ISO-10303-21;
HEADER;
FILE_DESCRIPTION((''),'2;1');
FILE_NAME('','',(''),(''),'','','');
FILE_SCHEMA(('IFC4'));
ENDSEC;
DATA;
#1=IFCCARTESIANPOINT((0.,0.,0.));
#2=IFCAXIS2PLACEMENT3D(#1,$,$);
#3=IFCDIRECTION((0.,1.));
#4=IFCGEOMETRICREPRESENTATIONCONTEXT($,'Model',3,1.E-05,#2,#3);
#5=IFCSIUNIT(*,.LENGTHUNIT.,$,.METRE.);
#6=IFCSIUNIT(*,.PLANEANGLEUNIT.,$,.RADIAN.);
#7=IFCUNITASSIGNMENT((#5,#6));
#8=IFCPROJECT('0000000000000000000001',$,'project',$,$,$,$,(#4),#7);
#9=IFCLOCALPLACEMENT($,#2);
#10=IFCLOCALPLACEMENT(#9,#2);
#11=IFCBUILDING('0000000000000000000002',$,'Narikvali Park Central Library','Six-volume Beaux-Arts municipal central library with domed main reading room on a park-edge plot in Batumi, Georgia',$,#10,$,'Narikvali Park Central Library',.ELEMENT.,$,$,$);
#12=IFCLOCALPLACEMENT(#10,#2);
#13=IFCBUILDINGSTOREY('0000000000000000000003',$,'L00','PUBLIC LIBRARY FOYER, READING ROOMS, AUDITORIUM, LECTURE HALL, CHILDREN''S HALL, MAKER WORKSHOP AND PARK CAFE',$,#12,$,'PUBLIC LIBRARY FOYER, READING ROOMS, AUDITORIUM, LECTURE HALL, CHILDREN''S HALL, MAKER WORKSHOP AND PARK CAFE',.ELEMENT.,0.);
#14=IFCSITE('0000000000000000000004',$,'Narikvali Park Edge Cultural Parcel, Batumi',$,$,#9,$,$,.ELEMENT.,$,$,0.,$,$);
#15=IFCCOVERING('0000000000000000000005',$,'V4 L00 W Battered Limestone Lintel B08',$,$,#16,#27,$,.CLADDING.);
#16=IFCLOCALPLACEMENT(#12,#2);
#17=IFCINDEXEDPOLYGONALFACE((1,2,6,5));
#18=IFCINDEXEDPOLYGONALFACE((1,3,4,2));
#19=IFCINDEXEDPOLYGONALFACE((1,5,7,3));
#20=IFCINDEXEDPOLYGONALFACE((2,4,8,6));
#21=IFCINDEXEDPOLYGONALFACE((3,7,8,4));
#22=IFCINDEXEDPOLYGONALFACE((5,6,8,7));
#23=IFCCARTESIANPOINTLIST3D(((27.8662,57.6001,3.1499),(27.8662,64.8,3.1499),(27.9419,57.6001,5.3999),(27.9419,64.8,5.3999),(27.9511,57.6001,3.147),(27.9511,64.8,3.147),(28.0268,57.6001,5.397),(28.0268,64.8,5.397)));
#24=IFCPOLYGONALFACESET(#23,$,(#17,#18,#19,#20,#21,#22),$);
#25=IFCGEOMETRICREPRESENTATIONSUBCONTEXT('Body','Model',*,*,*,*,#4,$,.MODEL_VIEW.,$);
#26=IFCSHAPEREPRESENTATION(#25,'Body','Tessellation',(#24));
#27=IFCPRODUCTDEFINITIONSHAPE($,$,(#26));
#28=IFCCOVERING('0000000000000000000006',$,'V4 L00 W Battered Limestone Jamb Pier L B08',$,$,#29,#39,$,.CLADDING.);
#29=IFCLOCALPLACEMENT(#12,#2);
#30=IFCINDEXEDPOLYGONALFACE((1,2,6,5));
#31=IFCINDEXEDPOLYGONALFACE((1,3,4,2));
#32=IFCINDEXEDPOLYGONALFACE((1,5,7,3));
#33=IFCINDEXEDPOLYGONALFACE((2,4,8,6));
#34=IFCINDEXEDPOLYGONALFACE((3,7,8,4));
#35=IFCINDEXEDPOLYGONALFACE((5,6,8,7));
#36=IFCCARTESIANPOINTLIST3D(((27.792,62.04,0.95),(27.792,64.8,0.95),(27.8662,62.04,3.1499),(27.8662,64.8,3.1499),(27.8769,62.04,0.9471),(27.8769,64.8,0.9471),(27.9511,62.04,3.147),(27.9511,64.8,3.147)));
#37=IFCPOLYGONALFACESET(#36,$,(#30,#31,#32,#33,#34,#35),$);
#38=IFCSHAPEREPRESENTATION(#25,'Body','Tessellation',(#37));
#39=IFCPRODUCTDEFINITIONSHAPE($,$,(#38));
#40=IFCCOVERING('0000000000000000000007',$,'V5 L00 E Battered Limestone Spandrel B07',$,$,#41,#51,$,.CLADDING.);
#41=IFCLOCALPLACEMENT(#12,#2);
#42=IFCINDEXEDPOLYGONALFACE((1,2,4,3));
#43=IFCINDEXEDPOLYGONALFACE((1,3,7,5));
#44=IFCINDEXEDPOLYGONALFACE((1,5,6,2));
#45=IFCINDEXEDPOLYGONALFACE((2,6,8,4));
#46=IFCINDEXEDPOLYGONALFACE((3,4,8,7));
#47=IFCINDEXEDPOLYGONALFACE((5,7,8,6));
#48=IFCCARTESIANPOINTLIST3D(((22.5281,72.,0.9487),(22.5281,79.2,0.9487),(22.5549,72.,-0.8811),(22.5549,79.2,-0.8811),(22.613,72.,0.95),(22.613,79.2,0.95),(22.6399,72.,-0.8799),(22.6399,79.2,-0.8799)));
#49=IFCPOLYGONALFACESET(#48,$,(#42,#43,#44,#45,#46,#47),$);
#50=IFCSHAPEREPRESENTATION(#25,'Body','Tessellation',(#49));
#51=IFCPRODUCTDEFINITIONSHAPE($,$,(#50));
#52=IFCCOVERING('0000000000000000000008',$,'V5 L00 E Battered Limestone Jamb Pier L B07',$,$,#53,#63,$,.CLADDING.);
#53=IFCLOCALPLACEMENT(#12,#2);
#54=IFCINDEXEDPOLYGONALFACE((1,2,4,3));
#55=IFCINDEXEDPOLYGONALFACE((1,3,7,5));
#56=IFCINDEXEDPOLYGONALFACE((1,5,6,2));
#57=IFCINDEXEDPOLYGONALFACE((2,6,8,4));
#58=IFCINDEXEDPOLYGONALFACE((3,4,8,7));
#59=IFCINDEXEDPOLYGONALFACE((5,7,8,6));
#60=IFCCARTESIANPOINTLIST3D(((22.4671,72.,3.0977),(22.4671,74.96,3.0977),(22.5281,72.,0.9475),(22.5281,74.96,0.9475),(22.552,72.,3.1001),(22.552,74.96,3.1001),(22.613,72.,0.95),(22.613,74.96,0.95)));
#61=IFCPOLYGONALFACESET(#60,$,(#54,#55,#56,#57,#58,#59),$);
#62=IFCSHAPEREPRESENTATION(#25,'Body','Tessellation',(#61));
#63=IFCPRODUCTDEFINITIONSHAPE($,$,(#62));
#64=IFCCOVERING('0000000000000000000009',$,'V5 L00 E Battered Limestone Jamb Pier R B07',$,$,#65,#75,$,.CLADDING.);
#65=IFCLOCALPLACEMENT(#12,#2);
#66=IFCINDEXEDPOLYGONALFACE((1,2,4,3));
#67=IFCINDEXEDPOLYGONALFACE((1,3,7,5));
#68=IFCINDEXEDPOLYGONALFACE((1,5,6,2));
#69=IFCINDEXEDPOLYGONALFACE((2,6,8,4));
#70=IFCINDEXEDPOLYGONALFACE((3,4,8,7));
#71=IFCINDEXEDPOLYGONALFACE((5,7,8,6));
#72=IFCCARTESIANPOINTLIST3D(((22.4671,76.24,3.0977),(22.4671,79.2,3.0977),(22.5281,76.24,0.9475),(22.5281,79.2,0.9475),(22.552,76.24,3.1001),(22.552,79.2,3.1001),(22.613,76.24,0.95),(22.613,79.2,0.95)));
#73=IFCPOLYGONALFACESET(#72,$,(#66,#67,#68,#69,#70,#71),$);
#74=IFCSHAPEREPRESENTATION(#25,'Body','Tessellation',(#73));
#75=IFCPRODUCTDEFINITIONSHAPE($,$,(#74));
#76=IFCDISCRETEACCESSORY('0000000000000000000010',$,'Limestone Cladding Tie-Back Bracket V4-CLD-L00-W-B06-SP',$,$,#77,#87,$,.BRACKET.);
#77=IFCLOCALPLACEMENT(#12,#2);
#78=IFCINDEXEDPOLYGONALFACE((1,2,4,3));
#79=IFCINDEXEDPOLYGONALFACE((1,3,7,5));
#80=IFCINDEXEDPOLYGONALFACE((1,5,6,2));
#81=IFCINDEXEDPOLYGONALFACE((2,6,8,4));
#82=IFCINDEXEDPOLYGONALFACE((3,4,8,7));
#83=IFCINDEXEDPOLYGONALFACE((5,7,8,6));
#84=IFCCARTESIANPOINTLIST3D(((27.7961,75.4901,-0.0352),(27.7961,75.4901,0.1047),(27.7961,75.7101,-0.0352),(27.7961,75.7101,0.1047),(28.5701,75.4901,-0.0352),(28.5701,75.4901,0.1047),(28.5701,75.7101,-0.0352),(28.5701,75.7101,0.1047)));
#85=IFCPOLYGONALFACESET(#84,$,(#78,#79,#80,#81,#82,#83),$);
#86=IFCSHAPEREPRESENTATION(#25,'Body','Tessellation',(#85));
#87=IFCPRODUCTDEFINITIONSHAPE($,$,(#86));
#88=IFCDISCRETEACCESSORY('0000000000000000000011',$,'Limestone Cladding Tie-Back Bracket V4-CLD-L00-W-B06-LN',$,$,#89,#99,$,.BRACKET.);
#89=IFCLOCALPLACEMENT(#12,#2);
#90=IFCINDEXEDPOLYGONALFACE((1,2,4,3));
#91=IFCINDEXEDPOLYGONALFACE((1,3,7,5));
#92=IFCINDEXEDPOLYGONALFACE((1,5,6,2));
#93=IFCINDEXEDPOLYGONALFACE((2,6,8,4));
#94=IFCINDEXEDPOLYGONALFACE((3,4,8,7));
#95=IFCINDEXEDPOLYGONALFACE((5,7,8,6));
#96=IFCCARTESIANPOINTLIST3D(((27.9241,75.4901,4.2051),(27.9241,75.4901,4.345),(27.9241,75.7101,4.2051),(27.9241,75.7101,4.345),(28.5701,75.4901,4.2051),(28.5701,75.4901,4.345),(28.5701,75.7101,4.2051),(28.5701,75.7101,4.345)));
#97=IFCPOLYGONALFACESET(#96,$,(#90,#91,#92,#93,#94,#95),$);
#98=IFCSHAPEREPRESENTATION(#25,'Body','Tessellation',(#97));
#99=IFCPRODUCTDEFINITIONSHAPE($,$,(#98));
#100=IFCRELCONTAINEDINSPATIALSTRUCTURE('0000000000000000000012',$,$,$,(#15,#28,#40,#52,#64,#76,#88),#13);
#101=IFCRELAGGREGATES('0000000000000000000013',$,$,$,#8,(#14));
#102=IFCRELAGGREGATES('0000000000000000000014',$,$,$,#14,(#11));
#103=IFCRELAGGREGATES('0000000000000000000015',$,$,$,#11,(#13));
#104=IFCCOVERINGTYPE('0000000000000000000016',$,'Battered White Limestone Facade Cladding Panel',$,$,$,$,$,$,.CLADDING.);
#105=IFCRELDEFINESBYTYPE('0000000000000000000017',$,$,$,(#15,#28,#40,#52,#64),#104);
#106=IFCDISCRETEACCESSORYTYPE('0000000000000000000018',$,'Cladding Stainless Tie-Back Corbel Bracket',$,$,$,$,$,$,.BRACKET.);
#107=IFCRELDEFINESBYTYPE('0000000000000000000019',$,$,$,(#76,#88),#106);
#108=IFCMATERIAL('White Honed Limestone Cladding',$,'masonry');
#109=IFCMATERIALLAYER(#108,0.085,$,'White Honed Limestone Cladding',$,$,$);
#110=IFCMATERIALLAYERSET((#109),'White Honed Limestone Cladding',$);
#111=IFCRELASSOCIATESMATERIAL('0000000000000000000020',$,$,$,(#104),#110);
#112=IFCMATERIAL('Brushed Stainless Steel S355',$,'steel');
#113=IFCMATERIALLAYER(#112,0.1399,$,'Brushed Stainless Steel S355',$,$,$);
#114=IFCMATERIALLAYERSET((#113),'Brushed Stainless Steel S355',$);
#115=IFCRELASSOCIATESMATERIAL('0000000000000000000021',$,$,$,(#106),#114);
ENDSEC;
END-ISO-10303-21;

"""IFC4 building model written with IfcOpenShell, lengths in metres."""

from ifc_helpers import new_model, si_unit, direction, frame, origin, origin_2d, place, context, subcontext, project, spatial, polyline, rectangle, outline, extrude, material, layer, layer_set, type_object, element, save


model = new_model("IFC4")

# Units and contexts
model_context = context("Model", 3, precision=1e-05, world=origin(), true_north=direction((0.0, 1.0)))
body_context = subcontext(model_context, "Body", "Model", "MODEL_VIEW")
ifc_project = project(units=[si_unit("LENGTHUNIT", "METRE"), si_unit("PLANEANGLEUNIT", "RADIAN")], contexts=[model_context])

# Site, building, storey
site_placement = place(None, origin())
site = spatial("IfcSite", under=ifc_project, at=site_placement, Name="Narikvali Park Edge Cultural Parcel, Batumi", CompositionType="ELEMENT", RefElevation=0.0)
building_placement = place(site_placement, origin())
building = spatial("IfcBuilding", under=site, at=building_placement, Name="Narikvali Park Central Library", Description="Six-volume Beaux-Arts municipal central library with domed main reading room on a park-edge plot in Batumi, Georgia", LongName="Narikvali Park Central Library", CompositionType="ELEMENT")
storey_placement = place(building_placement, origin())
storey = spatial("IfcBuildingStorey", under=building, at=storey_placement, Name="L00", Description="PUBLIC LIBRARY FOYER, READING ROOMS, AUDITORIUM, LECTURE HALL, CHILDREN'S HALL, MAKER WORKSHOP AND PARK CAFE", LongName="PUBLIC LIBRARY FOYER, READING ROOMS, AUDITORIUM, LECTURE HALL, CHILDREN'S HALL, MAKER WORKSHOP AND PARK CAFE", CompositionType="ELEMENT", Elevation=0.0)

# Coverings
ifc_material_1 = material(Name="White Honed Limestone Cladding", Category="masonry")
ifc_layer_1 = layer(ifc_material_1, 0.085, Name="White Honed Limestone Cladding")
ifc_layer_set_1 = layer_set([ifc_layer_1], Name="White Honed Limestone Cladding")
covering_type = type_object("IfcCoveringType", Name="Battered White Limestone Facade Cladding Panel", PredefinedType="CLADDING", material=ifc_layer_set_1)
covering_1_placement = place(storey_placement, frame((27.8662, 64.8, 3.1499), z_axis=(-0.999435, 0.0, 0.033618), x_axis=(0.0, -1.0, 0.0)))
element("IfcCovering", 1, at=covering_1_placement, inside=storey, type_object=covering_type, Name="V4 L00 W Battered Limestone Lintel B08", PredefinedType="CLADDING", context=body_context, shape_type="SweptSolid", body=[
    extrude(outline(polyline([(0.0, 0.0), (7.2, 0.0), (7.2, 2.2513), (0.0, 2.2513), (0.0, 0.0)])), origin(), (0.0, 0.0, -1.0), 0.085),
])
covering_2_placement = place(storey_placement, frame((27.792, 64.8, 0.95), z_axis=(-0.999431, 0.0, 0.033717), x_axis=(0.0, -1.0, 0.0)))
element("IfcCovering", 2, at=covering_2_placement, inside=storey, type_object=covering_type, Name="V4 L00 W Battered Limestone Jamb Pier L B08", PredefinedType="CLADDING", context=body_context, shape_type="SweptSolid", body=[
    extrude(outline(polyline([(0.0, 0.0), (2.76, 0.0), (2.76, 2.2012), (0.0, 2.2012), (0.0, 0.0)])), origin(), (0.0, 0.0, -1.0), 0.085),
])
covering_3_placement = place(storey_placement, frame((22.6399, 72.0, -0.8799), z_axis=(0.999892, 0.0, 0.014675), x_axis=(0.0, 1.0, 0.0)))
element("IfcCovering", 3, at=covering_3_placement, inside=storey, type_object=covering_type, Name="V5 L00 E Battered Limestone Spandrel B07", PredefinedType="CLADDING", context=body_context, shape_type="SweptSolid", body=[
    extrude(outline(polyline([(0.0, 0.0), (7.2, 0.0), (7.2, 1.83), (0.0, 1.83), (0.0, 0.0)])), origin(), (0.0, 0.0, -1.0), 0.085),
])
for number, where, z_axis, x_axis, name in (
    (4, (22.613, 72.0, 0.95), (0.999597, 0.0, 0.028375), (0.0, 1.0, 0.0), "V5 L00 E Battered Limestone Jamb Pier L B07"),
    (5, (22.613, 76.24, 0.95), (0.999597, 0.0, 0.028375), (0.0, 1.0, 0.0), "V5 L00 E Battered Limestone Jamb Pier R B07"),
):
    element("IfcCovering", number, at=place(storey_placement, frame(where, z_axis=z_axis, x_axis=x_axis)), inside=storey, type_object=covering_type, Name=name, PredefinedType="CLADDING", context=body_context, shape_type="SweptSolid", body=[
        extrude(outline(polyline([(0.0, 0.0), (2.96, 0.0), (2.96, 2.151), (0.0, 2.151), (0.0, 0.0)])), origin(), (0.0, 0.0, -1.0), 0.085),
    ])

# Discrete accessories
ifc_material_2 = material(Name="Brushed Stainless Steel S355", Category="steel")
ifc_layer_2 = layer(ifc_material_2, 0.1399, Name="Brushed Stainless Steel S355")
ifc_layer_set_2 = layer_set([ifc_layer_2], Name="Brushed Stainless Steel S355")
discrete_accessory_type = type_object("IfcDiscreteAccessoryType", Name="Cladding Stainless Tie-Back Corbel Bracket", PredefinedType="BRACKET", material=ifc_layer_set_2)
discrete_accessory_1_placement = place(storey_placement, frame((28.1831, 75.6001, -0.0352), z_axis=(0.0, 0.0, 1.0), x_axis=(1.0, 0.0, 0.0)))
element("IfcDiscreteAccessory", 6, at=discrete_accessory_1_placement, inside=storey, type_object=discrete_accessory_type, Name="Limestone Cladding Tie-Back Bracket V4-CLD-L00-W-B06-SP", PredefinedType="BRACKET", context=body_context, shape_type="SweptSolid", body=[
    extrude(rectangle(XDim=0.7739, YDim=0.22, at=origin_2d()), origin(), (0.0, 0.0, 1.0), 0.1399),
])
discrete_accessory_2_placement = place(storey_placement, frame((28.2471, 75.6001, 4.2051), z_axis=(0.0, 0.0, 1.0), x_axis=(1.0, 0.0, 0.0)))
element("IfcDiscreteAccessory", 7, at=discrete_accessory_2_placement, inside=storey, type_object=discrete_accessory_type, Name="Limestone Cladding Tie-Back Bracket V4-CLD-L00-W-B06-LN", PredefinedType="BRACKET", context=body_context, shape_type="SweptSolid", body=[
    extrude(rectangle(XDim=0.646, YDim=0.22, at=origin_2d()), origin(), (0.0, 0.0, 1.0), 0.1399),
])

save(model, "model.ifc")
